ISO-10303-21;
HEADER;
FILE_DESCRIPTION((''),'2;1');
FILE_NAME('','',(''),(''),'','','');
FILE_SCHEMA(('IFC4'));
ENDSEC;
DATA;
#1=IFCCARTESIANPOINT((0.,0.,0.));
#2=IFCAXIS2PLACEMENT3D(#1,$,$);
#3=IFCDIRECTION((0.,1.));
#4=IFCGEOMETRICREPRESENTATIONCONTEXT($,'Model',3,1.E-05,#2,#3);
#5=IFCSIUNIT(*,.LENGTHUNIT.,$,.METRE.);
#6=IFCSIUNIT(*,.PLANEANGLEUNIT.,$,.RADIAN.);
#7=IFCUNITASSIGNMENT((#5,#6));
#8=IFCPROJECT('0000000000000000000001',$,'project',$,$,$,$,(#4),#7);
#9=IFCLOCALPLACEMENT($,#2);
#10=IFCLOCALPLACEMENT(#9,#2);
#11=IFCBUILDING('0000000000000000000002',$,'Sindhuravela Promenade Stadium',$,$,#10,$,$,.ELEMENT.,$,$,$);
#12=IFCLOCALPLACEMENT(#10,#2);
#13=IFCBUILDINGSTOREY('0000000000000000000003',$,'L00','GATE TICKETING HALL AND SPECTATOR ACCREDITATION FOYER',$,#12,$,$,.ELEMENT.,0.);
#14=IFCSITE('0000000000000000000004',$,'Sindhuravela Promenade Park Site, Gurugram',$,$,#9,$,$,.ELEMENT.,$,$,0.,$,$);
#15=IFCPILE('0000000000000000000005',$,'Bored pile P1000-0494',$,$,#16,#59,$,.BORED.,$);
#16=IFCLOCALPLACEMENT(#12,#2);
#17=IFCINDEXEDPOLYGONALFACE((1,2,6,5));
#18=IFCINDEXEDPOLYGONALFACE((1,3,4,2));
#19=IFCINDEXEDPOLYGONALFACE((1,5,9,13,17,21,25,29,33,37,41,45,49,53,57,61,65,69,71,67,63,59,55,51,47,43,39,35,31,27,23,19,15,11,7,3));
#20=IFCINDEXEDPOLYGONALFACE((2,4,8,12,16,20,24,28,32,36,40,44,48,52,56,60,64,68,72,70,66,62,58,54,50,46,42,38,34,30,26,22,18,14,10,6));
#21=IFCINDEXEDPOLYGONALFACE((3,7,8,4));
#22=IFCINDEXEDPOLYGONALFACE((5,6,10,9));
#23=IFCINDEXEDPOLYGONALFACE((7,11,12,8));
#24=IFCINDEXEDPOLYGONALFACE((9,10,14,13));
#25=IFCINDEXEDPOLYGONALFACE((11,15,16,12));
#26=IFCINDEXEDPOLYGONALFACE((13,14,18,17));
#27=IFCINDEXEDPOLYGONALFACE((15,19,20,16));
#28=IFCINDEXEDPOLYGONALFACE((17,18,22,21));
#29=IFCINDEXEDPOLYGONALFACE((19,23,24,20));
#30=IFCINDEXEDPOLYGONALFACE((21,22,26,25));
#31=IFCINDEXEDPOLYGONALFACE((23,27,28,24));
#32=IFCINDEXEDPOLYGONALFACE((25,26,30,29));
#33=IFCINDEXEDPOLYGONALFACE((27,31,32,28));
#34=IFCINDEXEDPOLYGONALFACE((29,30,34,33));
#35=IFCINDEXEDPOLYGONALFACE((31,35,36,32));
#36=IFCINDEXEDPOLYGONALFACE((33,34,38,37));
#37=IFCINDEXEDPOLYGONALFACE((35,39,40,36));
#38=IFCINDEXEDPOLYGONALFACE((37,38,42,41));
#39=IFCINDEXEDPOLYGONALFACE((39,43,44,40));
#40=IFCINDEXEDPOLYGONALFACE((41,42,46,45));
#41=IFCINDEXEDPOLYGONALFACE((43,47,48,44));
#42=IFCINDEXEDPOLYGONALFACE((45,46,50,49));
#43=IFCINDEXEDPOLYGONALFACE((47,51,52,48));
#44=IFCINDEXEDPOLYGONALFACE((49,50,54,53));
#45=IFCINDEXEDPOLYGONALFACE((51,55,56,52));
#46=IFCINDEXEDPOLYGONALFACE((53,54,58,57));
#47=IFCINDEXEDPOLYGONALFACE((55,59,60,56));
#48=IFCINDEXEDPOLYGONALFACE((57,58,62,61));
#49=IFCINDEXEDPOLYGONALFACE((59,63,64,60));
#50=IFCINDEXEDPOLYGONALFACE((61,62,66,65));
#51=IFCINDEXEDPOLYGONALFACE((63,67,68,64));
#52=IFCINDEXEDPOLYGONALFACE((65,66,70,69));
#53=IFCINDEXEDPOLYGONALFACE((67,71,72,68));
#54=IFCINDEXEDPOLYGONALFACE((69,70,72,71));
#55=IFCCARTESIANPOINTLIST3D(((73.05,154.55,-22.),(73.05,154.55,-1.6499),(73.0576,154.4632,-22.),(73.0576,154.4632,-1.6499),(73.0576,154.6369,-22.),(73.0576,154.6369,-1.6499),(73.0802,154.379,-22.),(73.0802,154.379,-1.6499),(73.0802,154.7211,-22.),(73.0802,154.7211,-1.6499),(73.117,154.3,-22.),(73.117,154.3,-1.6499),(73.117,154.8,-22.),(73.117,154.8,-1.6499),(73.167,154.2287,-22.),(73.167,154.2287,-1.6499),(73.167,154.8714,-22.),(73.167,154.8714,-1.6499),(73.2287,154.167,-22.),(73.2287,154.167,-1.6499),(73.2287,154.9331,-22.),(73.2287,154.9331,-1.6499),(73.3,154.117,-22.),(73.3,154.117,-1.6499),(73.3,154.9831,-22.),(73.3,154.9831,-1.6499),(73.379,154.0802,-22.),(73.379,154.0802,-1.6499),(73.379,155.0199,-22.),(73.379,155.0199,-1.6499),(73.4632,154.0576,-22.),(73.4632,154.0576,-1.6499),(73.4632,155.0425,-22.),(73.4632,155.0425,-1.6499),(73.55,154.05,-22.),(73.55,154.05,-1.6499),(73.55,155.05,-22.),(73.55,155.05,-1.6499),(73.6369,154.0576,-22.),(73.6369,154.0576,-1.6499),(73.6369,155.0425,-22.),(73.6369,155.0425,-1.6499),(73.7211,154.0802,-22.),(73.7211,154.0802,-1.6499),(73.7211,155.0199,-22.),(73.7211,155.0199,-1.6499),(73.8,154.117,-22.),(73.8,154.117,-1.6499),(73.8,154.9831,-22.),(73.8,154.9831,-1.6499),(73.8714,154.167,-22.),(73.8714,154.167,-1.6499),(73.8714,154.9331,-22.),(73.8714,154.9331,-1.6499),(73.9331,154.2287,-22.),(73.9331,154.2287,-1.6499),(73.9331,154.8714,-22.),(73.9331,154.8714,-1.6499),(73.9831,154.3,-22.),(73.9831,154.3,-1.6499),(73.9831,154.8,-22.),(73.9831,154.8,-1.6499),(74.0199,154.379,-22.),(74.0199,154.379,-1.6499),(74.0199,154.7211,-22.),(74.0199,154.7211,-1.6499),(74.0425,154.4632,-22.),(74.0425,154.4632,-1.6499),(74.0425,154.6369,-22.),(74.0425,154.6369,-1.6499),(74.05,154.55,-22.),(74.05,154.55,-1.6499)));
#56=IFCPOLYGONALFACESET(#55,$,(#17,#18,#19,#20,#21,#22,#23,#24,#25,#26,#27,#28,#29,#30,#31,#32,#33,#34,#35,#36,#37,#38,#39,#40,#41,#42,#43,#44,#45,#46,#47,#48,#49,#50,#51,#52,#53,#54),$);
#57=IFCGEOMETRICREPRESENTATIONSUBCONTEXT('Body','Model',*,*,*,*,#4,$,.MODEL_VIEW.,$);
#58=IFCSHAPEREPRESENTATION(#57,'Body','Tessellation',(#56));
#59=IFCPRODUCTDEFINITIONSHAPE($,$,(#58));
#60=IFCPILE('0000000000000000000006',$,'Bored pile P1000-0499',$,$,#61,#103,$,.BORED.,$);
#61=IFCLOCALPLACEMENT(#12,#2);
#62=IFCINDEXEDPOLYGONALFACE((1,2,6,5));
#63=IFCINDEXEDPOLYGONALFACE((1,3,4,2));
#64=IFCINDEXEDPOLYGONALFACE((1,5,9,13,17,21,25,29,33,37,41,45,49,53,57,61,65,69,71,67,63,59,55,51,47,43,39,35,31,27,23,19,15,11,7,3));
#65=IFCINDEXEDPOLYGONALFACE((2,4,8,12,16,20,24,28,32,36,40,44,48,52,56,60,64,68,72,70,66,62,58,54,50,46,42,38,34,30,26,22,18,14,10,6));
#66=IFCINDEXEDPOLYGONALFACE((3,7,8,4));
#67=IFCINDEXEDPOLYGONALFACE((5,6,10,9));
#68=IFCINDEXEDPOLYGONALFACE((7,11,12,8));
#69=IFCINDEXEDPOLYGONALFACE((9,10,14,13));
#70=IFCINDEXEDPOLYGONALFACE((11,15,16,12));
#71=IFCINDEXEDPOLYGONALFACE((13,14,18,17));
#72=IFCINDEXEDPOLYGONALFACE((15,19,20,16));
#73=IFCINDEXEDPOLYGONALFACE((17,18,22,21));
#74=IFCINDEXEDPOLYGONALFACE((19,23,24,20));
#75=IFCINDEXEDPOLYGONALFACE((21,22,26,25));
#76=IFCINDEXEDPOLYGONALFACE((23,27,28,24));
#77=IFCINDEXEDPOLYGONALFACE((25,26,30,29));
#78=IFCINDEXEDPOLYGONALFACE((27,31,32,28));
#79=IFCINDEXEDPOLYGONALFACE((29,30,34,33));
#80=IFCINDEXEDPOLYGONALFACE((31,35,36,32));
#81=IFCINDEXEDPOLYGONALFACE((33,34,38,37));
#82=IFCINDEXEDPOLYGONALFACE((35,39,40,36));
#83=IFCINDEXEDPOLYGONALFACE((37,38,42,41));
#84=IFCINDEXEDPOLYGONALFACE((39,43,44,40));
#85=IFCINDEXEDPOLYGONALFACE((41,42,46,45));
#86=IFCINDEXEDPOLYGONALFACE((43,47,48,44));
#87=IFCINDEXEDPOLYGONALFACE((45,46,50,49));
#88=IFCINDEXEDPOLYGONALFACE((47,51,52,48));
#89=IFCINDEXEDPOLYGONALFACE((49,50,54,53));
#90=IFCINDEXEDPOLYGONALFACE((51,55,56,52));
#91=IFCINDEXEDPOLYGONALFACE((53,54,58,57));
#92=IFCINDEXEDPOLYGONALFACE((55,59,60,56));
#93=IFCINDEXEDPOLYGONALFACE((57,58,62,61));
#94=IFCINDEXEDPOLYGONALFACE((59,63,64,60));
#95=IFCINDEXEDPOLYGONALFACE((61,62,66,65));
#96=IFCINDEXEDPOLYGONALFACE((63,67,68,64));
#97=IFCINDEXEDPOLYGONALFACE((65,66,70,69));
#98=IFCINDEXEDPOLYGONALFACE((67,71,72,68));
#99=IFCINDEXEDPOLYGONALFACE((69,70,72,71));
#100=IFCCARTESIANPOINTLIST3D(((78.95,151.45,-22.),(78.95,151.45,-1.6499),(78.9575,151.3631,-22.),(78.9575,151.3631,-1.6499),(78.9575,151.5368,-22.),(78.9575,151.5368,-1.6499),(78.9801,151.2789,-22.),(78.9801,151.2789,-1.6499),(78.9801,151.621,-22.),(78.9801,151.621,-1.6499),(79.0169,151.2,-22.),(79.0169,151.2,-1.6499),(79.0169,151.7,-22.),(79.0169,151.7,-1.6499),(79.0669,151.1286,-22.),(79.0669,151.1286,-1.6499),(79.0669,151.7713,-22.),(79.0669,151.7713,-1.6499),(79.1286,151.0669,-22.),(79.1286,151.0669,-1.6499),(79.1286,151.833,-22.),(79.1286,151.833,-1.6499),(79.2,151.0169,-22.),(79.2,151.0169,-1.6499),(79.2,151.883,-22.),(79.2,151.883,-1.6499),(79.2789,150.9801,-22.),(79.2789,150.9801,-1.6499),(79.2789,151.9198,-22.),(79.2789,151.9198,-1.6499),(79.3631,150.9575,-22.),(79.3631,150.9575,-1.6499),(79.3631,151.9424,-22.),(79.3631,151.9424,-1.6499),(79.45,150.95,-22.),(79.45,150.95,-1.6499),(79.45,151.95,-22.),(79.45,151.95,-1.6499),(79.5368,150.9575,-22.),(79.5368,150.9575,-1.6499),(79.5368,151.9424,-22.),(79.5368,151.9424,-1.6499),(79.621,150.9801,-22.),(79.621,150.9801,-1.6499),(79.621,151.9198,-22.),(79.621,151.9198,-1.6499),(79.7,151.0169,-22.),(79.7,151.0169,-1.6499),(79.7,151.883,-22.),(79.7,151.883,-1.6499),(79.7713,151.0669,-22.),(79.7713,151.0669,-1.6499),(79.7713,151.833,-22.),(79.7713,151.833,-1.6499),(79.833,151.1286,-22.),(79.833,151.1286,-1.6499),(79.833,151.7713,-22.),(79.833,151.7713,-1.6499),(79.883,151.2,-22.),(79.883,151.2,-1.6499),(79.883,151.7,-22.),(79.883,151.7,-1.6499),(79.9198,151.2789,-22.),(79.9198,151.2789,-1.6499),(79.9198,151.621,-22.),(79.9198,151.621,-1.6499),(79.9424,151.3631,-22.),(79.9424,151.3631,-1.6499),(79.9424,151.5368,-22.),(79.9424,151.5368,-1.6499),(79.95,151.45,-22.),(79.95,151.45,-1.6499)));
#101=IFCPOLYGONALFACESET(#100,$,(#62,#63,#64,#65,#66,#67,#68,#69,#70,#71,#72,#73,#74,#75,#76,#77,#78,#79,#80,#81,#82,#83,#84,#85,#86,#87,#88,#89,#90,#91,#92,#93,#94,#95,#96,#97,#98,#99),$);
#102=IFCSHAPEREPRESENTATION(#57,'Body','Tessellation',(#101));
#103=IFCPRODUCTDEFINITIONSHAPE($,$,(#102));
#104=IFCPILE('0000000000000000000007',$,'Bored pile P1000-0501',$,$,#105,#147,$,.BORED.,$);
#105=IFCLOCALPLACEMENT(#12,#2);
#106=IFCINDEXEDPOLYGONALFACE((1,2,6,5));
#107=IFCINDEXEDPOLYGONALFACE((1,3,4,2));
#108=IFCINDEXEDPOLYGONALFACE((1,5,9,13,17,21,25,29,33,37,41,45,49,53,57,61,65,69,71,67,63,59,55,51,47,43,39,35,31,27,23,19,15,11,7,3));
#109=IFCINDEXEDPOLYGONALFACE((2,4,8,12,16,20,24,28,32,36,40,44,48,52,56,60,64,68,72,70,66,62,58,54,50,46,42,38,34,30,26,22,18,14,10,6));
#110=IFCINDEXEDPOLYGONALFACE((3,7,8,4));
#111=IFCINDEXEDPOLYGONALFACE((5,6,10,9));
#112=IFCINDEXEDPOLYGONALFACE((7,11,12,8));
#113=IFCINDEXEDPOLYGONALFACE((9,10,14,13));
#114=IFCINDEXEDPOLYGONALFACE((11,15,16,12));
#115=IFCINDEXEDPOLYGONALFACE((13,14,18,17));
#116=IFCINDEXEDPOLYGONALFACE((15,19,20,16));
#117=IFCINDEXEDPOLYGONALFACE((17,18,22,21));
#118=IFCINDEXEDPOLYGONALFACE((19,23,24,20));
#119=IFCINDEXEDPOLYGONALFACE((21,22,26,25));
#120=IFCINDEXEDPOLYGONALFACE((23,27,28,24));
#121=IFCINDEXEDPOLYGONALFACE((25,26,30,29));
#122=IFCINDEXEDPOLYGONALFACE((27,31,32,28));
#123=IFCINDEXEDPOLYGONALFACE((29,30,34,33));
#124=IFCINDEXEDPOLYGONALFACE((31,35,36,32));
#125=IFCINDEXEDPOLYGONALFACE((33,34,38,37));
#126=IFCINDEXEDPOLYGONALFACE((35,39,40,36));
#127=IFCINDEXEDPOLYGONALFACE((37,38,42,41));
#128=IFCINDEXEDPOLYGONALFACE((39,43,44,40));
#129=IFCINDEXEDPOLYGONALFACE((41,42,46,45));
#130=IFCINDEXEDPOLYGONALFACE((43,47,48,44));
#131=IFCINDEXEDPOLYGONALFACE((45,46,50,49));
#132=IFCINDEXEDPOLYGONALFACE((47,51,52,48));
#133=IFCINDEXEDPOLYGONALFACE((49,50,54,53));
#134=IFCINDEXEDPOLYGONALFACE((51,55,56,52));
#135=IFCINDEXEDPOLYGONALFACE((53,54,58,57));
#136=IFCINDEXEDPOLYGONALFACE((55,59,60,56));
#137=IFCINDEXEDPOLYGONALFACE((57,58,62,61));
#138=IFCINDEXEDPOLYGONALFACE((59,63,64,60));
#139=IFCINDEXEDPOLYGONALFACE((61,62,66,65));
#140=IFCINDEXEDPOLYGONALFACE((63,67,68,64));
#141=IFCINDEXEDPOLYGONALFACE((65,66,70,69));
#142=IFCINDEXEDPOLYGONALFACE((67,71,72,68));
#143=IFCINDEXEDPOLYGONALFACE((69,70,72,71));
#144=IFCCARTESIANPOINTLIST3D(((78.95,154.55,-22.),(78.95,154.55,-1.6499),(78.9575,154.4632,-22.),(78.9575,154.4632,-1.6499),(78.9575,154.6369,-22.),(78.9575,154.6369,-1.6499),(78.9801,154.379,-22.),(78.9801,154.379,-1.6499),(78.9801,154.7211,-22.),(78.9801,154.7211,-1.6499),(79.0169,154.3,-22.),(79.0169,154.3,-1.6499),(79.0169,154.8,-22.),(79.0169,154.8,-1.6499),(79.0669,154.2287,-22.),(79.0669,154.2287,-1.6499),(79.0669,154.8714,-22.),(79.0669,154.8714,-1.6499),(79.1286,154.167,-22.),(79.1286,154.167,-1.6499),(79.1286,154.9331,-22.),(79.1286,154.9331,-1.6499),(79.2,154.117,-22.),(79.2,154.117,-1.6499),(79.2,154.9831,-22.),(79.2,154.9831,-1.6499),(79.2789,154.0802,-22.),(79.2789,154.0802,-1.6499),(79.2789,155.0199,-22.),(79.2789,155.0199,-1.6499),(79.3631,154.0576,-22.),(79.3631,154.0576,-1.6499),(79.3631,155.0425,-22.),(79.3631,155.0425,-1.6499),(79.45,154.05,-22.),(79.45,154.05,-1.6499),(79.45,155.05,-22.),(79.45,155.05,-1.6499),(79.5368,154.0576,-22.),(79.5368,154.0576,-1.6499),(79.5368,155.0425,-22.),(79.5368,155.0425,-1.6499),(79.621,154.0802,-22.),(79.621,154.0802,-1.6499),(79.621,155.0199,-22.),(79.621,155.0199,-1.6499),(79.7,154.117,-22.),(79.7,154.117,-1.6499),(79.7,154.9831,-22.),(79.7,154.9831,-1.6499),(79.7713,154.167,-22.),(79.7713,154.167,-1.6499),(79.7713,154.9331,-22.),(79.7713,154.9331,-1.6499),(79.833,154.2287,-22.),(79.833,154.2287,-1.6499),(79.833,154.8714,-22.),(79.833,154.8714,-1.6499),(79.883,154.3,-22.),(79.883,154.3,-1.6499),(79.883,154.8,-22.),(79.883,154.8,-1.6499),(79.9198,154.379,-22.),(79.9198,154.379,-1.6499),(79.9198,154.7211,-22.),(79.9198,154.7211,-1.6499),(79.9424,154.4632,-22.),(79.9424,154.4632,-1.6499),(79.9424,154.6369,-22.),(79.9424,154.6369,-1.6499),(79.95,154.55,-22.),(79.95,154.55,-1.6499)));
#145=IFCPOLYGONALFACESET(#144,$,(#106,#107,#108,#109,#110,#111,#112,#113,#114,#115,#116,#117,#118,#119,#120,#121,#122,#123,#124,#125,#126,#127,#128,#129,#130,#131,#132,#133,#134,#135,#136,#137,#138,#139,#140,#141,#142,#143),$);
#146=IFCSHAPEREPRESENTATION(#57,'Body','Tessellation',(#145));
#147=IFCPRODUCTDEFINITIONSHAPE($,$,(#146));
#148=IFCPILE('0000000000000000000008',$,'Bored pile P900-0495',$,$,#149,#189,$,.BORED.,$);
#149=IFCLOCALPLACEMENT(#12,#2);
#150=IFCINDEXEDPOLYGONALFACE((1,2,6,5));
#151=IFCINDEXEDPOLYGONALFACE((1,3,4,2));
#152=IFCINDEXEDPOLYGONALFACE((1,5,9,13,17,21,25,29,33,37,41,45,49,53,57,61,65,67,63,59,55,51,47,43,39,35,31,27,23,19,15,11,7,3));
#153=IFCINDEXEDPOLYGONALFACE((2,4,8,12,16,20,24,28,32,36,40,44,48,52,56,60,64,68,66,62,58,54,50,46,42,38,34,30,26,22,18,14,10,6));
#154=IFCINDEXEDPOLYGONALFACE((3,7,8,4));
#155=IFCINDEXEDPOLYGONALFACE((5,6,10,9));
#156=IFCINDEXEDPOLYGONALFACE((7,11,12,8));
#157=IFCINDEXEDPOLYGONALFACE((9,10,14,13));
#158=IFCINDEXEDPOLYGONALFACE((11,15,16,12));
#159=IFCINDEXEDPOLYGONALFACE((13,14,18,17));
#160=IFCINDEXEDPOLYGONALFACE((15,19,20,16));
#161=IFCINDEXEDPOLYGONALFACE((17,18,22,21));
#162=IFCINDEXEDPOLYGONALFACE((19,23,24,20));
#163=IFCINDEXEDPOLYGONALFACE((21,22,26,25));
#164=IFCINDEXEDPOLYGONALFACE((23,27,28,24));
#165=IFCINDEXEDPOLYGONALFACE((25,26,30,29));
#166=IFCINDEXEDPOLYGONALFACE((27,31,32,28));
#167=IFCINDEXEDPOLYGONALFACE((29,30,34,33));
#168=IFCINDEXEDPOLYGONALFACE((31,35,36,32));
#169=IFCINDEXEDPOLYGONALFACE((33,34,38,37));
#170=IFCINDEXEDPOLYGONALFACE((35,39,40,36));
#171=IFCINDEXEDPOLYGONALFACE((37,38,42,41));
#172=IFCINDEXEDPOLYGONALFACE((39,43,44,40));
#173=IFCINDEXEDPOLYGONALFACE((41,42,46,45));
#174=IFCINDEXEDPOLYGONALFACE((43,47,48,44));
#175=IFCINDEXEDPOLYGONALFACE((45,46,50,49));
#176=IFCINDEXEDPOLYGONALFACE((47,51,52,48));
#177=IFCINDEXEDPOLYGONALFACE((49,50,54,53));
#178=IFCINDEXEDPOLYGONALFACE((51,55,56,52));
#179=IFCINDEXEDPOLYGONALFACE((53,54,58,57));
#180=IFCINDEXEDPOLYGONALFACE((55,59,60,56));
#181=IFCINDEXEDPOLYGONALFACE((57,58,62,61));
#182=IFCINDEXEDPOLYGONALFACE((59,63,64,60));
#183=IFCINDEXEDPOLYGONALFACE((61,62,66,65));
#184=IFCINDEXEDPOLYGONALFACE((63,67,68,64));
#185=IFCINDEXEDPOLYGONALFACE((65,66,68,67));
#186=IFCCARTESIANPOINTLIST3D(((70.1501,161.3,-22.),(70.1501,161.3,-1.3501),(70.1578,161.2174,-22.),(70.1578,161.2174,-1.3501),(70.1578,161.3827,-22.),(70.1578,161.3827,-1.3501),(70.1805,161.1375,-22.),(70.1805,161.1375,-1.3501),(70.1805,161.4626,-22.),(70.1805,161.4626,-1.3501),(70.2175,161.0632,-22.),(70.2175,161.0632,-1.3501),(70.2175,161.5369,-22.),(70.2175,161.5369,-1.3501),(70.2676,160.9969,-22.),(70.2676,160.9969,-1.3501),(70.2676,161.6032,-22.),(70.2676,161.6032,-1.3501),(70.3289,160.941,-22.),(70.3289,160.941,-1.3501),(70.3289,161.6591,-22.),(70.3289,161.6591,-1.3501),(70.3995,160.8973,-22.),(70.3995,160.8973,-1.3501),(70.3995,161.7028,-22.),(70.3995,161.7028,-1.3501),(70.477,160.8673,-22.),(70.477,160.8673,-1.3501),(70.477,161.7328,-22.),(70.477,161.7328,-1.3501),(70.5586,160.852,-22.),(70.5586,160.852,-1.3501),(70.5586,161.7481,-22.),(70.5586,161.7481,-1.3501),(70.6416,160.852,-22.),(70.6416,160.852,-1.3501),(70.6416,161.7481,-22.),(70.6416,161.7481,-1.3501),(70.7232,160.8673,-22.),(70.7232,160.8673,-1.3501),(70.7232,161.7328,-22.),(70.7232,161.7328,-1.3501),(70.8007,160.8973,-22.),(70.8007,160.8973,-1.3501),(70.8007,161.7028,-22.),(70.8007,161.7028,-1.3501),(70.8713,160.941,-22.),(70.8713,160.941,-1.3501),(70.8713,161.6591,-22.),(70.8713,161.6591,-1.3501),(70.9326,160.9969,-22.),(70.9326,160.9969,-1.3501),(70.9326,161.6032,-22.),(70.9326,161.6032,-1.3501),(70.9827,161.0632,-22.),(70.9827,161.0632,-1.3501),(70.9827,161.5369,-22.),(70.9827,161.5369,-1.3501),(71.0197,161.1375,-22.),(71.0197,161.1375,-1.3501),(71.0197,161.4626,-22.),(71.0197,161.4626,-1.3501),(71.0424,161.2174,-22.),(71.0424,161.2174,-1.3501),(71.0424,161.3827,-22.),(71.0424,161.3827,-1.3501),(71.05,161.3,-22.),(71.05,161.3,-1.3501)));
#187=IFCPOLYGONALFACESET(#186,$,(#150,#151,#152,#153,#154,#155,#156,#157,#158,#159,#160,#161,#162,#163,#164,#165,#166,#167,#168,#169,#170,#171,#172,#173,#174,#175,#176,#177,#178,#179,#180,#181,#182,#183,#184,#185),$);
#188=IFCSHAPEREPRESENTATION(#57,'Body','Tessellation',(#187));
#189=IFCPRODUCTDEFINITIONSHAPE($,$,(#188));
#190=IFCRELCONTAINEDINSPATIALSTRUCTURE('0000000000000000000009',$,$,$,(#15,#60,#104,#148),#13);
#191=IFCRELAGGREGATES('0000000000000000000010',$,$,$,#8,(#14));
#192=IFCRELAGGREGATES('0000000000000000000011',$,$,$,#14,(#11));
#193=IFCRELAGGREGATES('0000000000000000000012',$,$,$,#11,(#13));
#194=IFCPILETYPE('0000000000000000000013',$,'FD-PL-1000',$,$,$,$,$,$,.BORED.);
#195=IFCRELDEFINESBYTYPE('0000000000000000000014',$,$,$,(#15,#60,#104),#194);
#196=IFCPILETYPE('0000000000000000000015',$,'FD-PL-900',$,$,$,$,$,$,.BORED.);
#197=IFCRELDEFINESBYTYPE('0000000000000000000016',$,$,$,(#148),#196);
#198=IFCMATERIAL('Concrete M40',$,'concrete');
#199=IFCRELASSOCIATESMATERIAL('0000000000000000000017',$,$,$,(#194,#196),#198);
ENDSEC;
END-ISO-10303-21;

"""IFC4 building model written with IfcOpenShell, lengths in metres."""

from ifc_helpers import new_model, si_unit, direction, frame, origin, origin_2d, place, context, subcontext, project, spatial, circle, extrude, material, material_profile, profile_set, type_object, element, save


model = new_model("IFC4")

# Units and contexts
model_context = context("Model", 3, precision=1e-05, world=origin(), true_north=direction((0.0, 1.0)))
body_context = subcontext(model_context, "Body", "Model", "MODEL_VIEW")
ifc_project = project(units=[si_unit("LENGTHUNIT", "METRE"), si_unit("PLANEANGLEUNIT", "RADIAN")], contexts=[model_context])

# Site, building, storey
site_placement = place(None, origin())
site = spatial("IfcSite", under=ifc_project, at=site_placement, Name="Sindhuravela Promenade Park Site, Gurugram", CompositionType="ELEMENT", RefElevation=0.0)
building_placement = place(site_placement, origin())
building = spatial("IfcBuilding", under=site, at=building_placement, Name="Sindhuravela Promenade Stadium", CompositionType="ELEMENT")
storey_placement = place(building_placement, origin())
storey = spatial("IfcBuildingStorey", under=building, at=storey_placement, Name="L00", Description="GATE TICKETING HALL AND SPECTATOR ACCREDITATION FOYER", CompositionType="ELEMENT", Elevation=0.0)

# Piles
ifc_material_1 = material(Name="Concrete M40", Category="concrete")
ifc_material_profile_1 = material_profile(ifc_material_1, circle(Radius=0.5, at=origin_2d()), Name="BORED PILE D1000")
ifc_profile_set_1 = profile_set([ifc_material_profile_1], Name="Concrete M40")
pile_type_1 = type_object("IfcPileType", Name="FD-PL-1000", PredefinedType="BORED", material=ifc_profile_set_1)
for number, where, z_axis, x_axis, name in (
    (1, (73.55, 154.55, -1.6499), (0.0, 0.0, -1.0), (1.0, 0.0, 0.0), "Bored pile P1000-0494"),
    (2, (79.45, 151.45, -1.6499), (0.0, 0.0, -1.0), (1.0, 0.0, 0.0), "Bored pile P1000-0499"),
    (3, (79.45, 154.55, -1.6499), (0.0, 0.0, -1.0), (1.0, 0.0, 0.0), "Bored pile P1000-0501"),
):
    element("IfcPile", number, at=place(storey_placement, frame(where, z_axis=z_axis, x_axis=x_axis)), inside=storey, type_object=pile_type_1, Name=name, PredefinedType="BORED", context=body_context, shape_type="SweptSolid", body=[
        extrude(circle(Radius=0.5, at=origin_2d()), origin(), (0.0, 0.0, 1.0), 20.3501),
    ])
ifc_material_profile_2 = material_profile(ifc_material_1, circle(Radius=0.45, at=origin_2d()), Name="BORED PILE D900")
ifc_profile_set_2 = profile_set([ifc_material_profile_2], Name="Concrete M40")
pile_type_2 = type_object("IfcPileType", Name="FD-PL-900", PredefinedType="BORED", material=ifc_profile_set_2)
for number, where, z_axis, x_axis, name in (
    (4, (70.6001, 161.3, -1.3501), (0.0, 0.0, -1.0), (1.0, 0.0, 0.0), "Bored pile P900-0495"),
):
    element("IfcPile", number, at=place(storey_placement, frame(where, z_axis=z_axis, x_axis=x_axis)), inside=storey, type_object=pile_type_2, Name=name, PredefinedType="BORED", context=body_context, shape_type="SweptSolid", body=[
        extrude(circle(Radius=0.45, at=origin_2d()), origin(), (0.0, 0.0, 1.0), 20.6499),
    ])

save(model, "model.ifc")
